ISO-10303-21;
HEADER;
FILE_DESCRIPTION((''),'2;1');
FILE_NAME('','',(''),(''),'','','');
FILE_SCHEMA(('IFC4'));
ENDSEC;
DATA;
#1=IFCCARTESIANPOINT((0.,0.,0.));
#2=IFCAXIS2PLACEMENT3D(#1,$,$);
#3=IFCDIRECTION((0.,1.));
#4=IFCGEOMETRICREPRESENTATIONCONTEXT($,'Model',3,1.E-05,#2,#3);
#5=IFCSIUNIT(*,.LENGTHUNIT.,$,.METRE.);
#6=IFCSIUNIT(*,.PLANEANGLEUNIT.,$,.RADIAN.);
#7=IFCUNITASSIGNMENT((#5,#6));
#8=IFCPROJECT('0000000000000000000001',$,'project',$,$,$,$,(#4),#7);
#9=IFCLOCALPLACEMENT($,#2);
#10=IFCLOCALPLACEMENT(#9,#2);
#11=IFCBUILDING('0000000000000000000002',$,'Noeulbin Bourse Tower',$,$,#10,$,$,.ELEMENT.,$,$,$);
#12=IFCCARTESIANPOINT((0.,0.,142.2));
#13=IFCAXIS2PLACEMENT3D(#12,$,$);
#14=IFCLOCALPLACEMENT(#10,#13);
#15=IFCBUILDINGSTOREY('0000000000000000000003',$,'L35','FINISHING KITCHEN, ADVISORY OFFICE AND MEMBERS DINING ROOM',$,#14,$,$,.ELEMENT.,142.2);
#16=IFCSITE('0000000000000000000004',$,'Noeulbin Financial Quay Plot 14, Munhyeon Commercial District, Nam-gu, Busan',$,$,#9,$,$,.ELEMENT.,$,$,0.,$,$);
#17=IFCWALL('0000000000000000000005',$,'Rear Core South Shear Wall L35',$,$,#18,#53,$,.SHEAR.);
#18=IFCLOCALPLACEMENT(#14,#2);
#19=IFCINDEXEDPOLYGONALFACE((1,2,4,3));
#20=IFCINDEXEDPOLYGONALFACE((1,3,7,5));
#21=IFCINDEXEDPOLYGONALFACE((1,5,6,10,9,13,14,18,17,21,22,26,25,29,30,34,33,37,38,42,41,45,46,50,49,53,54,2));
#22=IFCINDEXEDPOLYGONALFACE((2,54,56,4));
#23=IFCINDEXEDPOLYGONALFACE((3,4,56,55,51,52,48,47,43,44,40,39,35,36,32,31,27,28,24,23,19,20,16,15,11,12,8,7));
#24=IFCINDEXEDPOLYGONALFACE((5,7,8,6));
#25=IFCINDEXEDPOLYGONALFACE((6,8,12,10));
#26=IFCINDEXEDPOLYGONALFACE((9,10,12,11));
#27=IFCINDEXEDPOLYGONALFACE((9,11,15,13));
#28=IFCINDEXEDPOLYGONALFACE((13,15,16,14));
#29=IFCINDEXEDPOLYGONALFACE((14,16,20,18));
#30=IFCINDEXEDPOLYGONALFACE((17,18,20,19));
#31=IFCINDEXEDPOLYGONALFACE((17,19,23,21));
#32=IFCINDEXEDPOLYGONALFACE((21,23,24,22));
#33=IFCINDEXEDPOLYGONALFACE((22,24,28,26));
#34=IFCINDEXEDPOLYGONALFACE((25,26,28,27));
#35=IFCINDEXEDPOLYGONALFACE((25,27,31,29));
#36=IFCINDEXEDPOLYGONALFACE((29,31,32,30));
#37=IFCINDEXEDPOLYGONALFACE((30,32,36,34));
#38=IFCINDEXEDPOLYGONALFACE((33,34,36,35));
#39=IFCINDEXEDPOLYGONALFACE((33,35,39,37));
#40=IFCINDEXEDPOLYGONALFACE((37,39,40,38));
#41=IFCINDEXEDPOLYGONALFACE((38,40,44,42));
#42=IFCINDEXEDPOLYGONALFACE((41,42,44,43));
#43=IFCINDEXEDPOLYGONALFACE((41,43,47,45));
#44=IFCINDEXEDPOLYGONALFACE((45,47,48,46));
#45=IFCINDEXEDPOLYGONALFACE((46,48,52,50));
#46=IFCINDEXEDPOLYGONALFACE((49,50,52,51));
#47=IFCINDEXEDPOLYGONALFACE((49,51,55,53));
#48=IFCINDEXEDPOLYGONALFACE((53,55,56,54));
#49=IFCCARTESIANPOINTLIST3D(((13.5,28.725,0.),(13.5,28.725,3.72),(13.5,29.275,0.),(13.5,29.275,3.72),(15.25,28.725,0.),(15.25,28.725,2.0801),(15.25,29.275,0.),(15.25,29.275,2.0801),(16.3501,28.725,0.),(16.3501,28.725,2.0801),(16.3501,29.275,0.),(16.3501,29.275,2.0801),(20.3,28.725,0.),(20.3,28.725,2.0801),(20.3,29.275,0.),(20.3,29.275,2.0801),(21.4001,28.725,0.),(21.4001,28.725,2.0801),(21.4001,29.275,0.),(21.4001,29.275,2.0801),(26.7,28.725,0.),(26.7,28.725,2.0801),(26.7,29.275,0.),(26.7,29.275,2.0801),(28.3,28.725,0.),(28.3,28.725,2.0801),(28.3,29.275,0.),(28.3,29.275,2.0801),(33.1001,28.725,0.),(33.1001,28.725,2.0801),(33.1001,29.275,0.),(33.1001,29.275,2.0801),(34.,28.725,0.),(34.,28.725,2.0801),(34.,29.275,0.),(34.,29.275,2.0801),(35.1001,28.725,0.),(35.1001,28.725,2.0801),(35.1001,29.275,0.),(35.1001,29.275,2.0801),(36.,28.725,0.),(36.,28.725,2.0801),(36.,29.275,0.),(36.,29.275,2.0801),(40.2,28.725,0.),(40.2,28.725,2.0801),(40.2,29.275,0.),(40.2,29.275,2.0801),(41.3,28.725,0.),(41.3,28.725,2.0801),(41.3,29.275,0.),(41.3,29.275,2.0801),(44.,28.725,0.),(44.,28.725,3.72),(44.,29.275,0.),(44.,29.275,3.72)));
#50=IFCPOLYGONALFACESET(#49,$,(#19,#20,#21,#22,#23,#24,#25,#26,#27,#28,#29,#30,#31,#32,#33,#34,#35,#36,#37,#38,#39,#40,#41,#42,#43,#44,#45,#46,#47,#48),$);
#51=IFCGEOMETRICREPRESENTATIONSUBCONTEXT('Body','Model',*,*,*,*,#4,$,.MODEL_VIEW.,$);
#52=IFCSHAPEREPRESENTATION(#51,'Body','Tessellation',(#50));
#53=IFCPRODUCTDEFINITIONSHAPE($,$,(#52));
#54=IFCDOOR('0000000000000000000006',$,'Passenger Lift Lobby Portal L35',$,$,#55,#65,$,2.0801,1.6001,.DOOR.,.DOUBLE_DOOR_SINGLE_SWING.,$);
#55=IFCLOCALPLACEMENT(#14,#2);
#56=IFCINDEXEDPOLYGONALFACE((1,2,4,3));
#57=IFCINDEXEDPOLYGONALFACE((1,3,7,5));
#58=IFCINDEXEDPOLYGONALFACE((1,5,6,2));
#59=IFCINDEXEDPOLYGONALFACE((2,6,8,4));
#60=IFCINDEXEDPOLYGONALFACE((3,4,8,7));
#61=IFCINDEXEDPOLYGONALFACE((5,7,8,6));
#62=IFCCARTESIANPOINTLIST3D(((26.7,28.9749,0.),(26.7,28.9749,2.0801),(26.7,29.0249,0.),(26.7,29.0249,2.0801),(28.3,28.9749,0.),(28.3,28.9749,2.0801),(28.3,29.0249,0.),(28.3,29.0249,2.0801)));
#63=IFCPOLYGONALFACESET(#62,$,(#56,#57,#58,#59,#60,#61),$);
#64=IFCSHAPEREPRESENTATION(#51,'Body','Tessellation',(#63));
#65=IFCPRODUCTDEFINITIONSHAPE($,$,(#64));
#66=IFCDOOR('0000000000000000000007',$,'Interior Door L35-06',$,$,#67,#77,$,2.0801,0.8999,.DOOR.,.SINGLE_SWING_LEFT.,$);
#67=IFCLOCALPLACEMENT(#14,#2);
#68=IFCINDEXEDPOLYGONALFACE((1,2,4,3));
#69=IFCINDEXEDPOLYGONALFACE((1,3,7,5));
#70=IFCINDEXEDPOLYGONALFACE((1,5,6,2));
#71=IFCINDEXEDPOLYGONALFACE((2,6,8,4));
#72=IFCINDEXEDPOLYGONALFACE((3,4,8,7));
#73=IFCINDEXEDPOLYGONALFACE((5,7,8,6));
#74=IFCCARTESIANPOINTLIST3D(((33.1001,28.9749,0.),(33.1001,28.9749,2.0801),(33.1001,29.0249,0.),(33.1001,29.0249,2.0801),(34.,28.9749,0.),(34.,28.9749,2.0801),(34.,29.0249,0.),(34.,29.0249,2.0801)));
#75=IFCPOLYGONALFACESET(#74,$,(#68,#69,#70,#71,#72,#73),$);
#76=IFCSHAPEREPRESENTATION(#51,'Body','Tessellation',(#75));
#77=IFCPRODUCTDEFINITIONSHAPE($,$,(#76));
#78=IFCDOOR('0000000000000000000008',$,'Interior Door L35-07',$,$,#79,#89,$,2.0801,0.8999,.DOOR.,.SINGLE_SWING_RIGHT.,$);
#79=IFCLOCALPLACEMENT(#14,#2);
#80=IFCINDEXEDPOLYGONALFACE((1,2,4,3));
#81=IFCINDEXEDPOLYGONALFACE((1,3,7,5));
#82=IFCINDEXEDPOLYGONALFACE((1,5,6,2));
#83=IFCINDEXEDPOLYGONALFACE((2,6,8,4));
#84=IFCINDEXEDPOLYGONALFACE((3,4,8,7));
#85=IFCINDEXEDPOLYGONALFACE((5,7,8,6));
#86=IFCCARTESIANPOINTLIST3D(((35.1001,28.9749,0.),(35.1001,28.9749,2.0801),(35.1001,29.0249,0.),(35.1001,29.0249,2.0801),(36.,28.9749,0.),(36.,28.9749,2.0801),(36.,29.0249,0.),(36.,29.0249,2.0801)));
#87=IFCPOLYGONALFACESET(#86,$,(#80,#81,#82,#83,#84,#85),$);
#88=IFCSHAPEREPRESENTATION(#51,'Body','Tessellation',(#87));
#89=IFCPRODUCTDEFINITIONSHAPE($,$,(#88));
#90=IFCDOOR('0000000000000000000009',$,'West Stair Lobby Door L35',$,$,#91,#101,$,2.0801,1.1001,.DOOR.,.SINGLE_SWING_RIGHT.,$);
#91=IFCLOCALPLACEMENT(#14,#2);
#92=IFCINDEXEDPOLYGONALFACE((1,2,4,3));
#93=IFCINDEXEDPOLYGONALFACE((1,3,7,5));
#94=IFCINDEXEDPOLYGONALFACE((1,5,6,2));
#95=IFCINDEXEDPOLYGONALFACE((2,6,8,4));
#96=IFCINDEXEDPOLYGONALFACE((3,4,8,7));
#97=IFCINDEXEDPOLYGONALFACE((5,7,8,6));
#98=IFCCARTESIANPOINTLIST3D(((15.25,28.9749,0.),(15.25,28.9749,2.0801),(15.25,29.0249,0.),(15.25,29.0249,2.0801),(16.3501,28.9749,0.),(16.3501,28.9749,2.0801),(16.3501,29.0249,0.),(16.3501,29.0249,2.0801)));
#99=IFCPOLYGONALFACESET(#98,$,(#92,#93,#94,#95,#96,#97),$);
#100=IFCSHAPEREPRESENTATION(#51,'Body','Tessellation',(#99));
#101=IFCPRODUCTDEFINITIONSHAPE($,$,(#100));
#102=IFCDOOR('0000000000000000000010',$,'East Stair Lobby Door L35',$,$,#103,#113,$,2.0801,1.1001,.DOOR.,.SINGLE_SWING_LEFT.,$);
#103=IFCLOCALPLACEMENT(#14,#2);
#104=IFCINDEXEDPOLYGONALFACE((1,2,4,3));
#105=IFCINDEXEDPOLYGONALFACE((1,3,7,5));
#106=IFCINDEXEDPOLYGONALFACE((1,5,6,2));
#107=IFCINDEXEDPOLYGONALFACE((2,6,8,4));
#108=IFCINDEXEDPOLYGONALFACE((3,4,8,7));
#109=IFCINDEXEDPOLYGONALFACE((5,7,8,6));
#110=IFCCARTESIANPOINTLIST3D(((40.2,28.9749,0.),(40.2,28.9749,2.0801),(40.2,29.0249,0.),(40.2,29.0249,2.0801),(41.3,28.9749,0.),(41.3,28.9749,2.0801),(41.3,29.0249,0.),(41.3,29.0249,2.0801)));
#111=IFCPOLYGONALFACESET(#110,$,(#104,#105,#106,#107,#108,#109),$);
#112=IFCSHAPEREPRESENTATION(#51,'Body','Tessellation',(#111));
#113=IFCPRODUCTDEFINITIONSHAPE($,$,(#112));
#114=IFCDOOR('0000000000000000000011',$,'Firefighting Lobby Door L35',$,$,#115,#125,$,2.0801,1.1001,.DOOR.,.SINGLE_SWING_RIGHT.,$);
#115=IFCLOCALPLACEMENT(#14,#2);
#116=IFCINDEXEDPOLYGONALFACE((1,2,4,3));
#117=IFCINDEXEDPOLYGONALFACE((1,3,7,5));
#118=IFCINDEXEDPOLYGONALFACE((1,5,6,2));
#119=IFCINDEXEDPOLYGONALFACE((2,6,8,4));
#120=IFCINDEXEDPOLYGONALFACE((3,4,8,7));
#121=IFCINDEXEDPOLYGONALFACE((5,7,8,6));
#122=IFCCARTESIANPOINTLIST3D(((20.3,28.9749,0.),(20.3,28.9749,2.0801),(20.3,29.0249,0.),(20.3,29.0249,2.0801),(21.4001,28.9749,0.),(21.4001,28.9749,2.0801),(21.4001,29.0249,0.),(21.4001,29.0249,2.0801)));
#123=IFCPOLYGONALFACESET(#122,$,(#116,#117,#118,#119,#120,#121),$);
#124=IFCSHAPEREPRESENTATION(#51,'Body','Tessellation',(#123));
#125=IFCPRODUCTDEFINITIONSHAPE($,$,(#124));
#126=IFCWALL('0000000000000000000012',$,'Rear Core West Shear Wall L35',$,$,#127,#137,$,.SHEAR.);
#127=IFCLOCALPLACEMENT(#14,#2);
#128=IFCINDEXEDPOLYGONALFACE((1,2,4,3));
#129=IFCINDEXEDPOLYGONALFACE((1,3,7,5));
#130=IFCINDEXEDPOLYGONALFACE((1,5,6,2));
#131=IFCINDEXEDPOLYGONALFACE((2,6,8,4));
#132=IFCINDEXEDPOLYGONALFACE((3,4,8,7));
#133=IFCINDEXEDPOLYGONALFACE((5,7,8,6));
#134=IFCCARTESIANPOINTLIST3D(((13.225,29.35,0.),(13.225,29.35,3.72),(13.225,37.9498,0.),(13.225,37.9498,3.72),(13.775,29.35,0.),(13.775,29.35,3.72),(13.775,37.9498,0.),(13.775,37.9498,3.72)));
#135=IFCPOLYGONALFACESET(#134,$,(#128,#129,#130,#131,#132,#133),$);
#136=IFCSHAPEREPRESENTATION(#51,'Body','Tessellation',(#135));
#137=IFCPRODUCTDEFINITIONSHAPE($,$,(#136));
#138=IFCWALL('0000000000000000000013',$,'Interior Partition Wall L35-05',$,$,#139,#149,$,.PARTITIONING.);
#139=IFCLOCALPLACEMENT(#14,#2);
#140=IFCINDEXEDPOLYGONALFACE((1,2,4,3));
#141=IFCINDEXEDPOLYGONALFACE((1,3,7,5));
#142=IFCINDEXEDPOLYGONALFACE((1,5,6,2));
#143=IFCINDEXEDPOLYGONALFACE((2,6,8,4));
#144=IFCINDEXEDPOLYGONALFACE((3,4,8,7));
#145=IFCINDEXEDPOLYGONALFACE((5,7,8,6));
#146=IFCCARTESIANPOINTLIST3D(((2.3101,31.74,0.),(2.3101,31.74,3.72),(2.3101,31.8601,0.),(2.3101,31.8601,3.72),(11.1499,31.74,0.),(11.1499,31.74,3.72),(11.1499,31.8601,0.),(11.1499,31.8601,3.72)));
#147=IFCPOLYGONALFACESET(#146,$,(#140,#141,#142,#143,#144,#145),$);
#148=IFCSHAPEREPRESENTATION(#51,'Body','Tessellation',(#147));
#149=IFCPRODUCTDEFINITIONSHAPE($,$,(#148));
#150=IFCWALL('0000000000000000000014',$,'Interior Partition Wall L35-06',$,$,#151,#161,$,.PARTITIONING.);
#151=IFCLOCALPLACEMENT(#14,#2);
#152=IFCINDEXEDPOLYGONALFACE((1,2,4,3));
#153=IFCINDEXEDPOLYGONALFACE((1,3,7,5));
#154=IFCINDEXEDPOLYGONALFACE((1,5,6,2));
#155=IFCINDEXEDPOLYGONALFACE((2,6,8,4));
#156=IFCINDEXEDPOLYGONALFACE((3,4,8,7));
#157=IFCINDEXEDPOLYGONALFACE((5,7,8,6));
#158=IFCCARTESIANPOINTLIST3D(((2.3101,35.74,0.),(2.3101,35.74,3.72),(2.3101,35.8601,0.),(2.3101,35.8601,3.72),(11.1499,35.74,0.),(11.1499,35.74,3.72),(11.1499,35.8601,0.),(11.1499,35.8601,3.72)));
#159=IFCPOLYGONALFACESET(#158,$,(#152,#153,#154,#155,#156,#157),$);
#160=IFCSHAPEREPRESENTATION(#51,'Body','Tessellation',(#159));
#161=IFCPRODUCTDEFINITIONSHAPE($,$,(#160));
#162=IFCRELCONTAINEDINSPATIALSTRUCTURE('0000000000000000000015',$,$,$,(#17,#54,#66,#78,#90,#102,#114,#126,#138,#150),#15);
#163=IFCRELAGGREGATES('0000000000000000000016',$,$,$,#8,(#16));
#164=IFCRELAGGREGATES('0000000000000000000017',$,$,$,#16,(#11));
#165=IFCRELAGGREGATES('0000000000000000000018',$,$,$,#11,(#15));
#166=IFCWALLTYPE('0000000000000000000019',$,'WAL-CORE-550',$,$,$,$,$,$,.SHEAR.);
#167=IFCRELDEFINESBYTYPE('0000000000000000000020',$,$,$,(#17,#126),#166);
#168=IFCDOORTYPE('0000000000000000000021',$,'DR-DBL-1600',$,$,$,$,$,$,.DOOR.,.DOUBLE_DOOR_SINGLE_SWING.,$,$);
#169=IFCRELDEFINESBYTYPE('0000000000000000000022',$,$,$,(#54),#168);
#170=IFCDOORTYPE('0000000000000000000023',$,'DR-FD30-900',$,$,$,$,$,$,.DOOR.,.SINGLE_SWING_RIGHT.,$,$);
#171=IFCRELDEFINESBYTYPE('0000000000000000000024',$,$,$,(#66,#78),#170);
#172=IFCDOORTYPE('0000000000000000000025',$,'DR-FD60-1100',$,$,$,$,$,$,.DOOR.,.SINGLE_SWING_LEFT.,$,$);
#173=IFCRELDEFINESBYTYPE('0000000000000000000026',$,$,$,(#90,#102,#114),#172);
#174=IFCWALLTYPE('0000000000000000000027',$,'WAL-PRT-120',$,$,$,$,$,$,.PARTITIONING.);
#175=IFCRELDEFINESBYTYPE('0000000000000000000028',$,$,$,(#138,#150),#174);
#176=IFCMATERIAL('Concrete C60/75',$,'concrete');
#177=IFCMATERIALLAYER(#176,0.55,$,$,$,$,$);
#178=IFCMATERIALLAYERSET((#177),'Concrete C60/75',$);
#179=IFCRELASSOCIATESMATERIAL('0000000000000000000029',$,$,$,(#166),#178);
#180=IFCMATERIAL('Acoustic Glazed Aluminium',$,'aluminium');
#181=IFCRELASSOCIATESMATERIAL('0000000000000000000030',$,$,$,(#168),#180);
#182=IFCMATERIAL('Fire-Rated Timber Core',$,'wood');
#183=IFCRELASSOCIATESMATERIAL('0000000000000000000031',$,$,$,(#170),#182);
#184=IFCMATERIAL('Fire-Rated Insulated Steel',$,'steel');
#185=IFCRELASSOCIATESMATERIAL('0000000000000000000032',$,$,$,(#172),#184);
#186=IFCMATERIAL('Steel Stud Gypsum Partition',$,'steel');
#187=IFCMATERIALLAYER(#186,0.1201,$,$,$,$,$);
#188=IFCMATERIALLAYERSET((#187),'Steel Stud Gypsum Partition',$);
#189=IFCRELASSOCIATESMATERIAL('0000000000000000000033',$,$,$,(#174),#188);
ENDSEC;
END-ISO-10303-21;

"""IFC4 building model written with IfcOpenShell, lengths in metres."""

from ifc_helpers import new_model, si_unit, direction, frame, frame_2d, origin, place, context, subcontext, project, spatial, rectangle, extrude, material, layer, layer_set, type_object, element, fill, save


model = new_model("IFC4")

# Units and contexts
model_context = context("Model", 3, precision=1e-05, world=origin(), true_north=direction((0.0, 1.0)))
body_context = subcontext(model_context, "Body", "Model", "MODEL_VIEW")
ifc_project = project(units=[si_unit("LENGTHUNIT", "METRE"), si_unit("PLANEANGLEUNIT", "RADIAN")], contexts=[model_context])

# Site, building, storey
site_placement = place(None, origin())
site = spatial("IfcSite", under=ifc_project, at=site_placement, Name="Noeulbin Financial Quay Plot 14, Munhyeon Commercial District, Nam-gu, Busan", CompositionType="ELEMENT", RefElevation=0.0)
building_placement = place(site_placement, origin())
building = spatial("IfcBuilding", under=site, at=building_placement, Name="Noeulbin Bourse Tower", CompositionType="ELEMENT")
storey_placement = place(building_placement, frame((0.0, 0.0, 142.2)))
storey = spatial("IfcBuildingStorey", under=building, at=storey_placement, Name="L35", Description="FINISHING KITCHEN, ADVISORY OFFICE AND MEMBERS DINING ROOM", CompositionType="ELEMENT", Elevation=142.2)

# Wall, openings, doors
ifc_material_1 = material(Name="Concrete C60/75", Category="concrete")
ifc_layer_1 = layer(ifc_material_1, 0.55)
ifc_layer_set_1 = layer_set([ifc_layer_1], Name="Concrete C60/75")
wall_type_1 = type_object("IfcWallType", Name="WAL-CORE-550", PredefinedType="SHEAR", material=ifc_layer_set_1)
wall_1_placement = place(storey_placement, frame((13.5, 29.0, 0.0), z_axis=(0.0, 0.0, 1.0), x_axis=(1.0, 0.0, 0.0)))
wall_1 = element("IfcWall", 1, at=wall_1_placement, inside=storey, type_object=wall_type_1, Name="Rear Core South Shear Wall L35", PredefinedType="SHEAR", context=body_context, shape_type="SweptSolid", body=[
    extrude(rectangle(XDim=30.5, YDim=0.55, at=frame_2d((15.25, 0.0))), origin(), (0.0, 0.0, 1.0), 3.72),
])
opening_1_placement = place(wall_1_placement, frame((1.75, 0.0, 0.0)))
opening_1 = element("IfcOpeningElement", 2, at=opening_1_placement, cuts=wall_1, PredefinedType="OPENING", context=body_context, shape_type="SweptSolid", body=[
    extrude(rectangle(XDim=1.1001, YDim=2.0801, at=frame_2d((0.55, 1.04))), frame((0.0, 0.2849, 0.0), z_axis=(0.0, -1.0, 0.0), x_axis=(1.0, 0.0, 0.0)), (0.0, 0.0, 1.0), 0.5701),
])
opening_2_placement = place(wall_1_placement, frame((26.7, 0.0, 0.0)))
opening_2 = element("IfcOpeningElement", 3, at=opening_2_placement, cuts=wall_1, PredefinedType="OPENING", context=body_context, shape_type="SweptSolid", body=[
    extrude(rectangle(XDim=1.1001, YDim=2.0801, at=frame_2d((0.55, 1.04))), frame((0.0, 0.2849, 0.0), z_axis=(0.0, -1.0, 0.0), x_axis=(1.0, 0.0, 0.0)), (0.0, 0.0, 1.0), 0.5701),
])
opening_3_placement = place(wall_1_placement, frame((6.8, 0.0, 0.0)))
opening_3 = element("IfcOpeningElement", 4, at=opening_3_placement, cuts=wall_1, PredefinedType="OPENING", context=body_context, shape_type="SweptSolid", body=[
    extrude(rectangle(XDim=1.1001, YDim=2.0801, at=frame_2d((0.55, 1.04))), frame((0.0, 0.2849, 0.0), z_axis=(0.0, -1.0, 0.0), x_axis=(1.0, 0.0, 0.0)), (0.0, 0.0, 1.0), 0.5701),
])
opening_4_placement = place(wall_1_placement, frame((13.2, 0.0, 0.0)))
opening_4 = element("IfcOpeningElement", 5, at=opening_4_placement, cuts=wall_1, PredefinedType="OPENING", context=body_context, shape_type="SweptSolid", body=[
    extrude(rectangle(XDim=1.6001, YDim=2.0801, at=frame_2d((0.8, 1.04))), frame((0.0, 0.2849, 0.0), z_axis=(0.0, -1.0, 0.0), x_axis=(1.0, 0.0, 0.0)), (0.0, 0.0, 1.0), 0.5701),
])
opening_5_placement = place(wall_1_placement, frame((19.6001, 0.0, 0.0)))
opening_5 = element("IfcOpeningElement", 6, at=opening_5_placement, cuts=wall_1, PredefinedType="OPENING", context=body_context, shape_type="SweptSolid", body=[
    extrude(rectangle(XDim=0.8999, YDim=2.0801, at=frame_2d((0.45, 1.04))), frame((0.0, 0.2849, 0.0), z_axis=(0.0, -1.0, 0.0), x_axis=(1.0, 0.0, 0.0)), (0.0, 0.0, 1.0), 0.5701),
])
opening_6_placement = place(wall_1_placement, frame((21.6001, 0.0, 0.0)))
opening_6 = element("IfcOpeningElement", 7, at=opening_6_placement, cuts=wall_1, PredefinedType="OPENING", context=body_context, shape_type="SweptSolid", body=[
    extrude(rectangle(XDim=0.8999, YDim=2.0801, at=frame_2d((0.45, 1.04))), frame((0.0, 0.2849, 0.0), z_axis=(0.0, -1.0, 0.0), x_axis=(1.0, 0.0, 0.0)), (0.0, 0.0, 1.0), 0.5701),
])
ifc_material_2 = material(Name="Acoustic Glazed Aluminium", Category="aluminium")
door_type_1 = type_object("IfcDoorType", Name="DR-DBL-1600", OperationType="DOUBLE_DOOR_SINGLE_SWING", PredefinedType="DOOR", material=ifc_material_2)
door_1_placement = place(opening_4_placement, origin())
door_1 = element("IfcDoor", 8, at=door_1_placement, inside=storey, type_object=door_type_1, Name="Passenger Lift Lobby Portal L35", OperationType="DOUBLE_DOOR_SINGLE_SWING", OverallHeight=2.0801, OverallWidth=1.6001, PredefinedType="DOOR", context=body_context, shape_type="SweptSolid", body=[
    extrude(rectangle(XDim=1.6001, YDim=2.0801, at=frame_2d((0.8, 1.04))), frame((0.0, 0.0249, 0.0), z_axis=(0.0, -1.0, 0.0), x_axis=(1.0, 0.0, 0.0)), (0.0, 0.0, 1.0), 0.05),
])
fill(opening_4, door_1)
ifc_material_3 = material(Name="Fire-Rated Timber Core", Category="wood")
door_type_2 = type_object("IfcDoorType", Name="DR-FD30-900", OperationType="SINGLE_SWING_RIGHT", PredefinedType="DOOR", material=ifc_material_3)
door_2_placement = place(opening_5_placement, origin())
door_2 = element("IfcDoor", 9, at=door_2_placement, inside=storey, type_object=door_type_2, Name="Interior Door L35-06", OperationType="SINGLE_SWING_LEFT", OverallHeight=2.0801, OverallWidth=0.8999, PredefinedType="DOOR", context=body_context, shape_type="SweptSolid", body=[
    extrude(rectangle(XDim=0.8999, YDim=2.0801, at=frame_2d((0.45, 1.04))), frame((0.0, 0.0249, 0.0), z_axis=(0.0, -1.0, 0.0), x_axis=(1.0, 0.0, 0.0)), (0.0, 0.0, 1.0), 0.05),
])
fill(opening_5, door_2)
door_3_placement = place(opening_6_placement, origin())
door_3 = element("IfcDoor", 10, at=door_3_placement, inside=storey, type_object=door_type_2, Name="Interior Door L35-07", OperationType="SINGLE_SWING_RIGHT", OverallHeight=2.0801, OverallWidth=0.8999, PredefinedType="DOOR", context=body_context, shape_type="SweptSolid", body=[
    extrude(rectangle(XDim=0.8999, YDim=2.0801, at=frame_2d((0.45, 1.04))), frame((0.0, 0.0249, 0.0), z_axis=(0.0, -1.0, 0.0), x_axis=(1.0, 0.0, 0.0)), (0.0, 0.0, 1.0), 0.05),
])
fill(opening_6, door_3)
ifc_material_4 = material(Name="Fire-Rated Insulated Steel", Category="steel")
door_type_3 = type_object("IfcDoorType", Name="DR-FD60-1100", OperationType="SINGLE_SWING_LEFT", PredefinedType="DOOR", material=ifc_material_4)
door_4_placement = place(opening_1_placement, origin())
door_4 = element("IfcDoor", 11, at=door_4_placement, inside=storey, type_object=door_type_3, Name="West Stair Lobby Door L35", OperationType="SINGLE_SWING_RIGHT", OverallHeight=2.0801, OverallWidth=1.1001, PredefinedType="DOOR", context=body_context, shape_type="SweptSolid", body=[
    extrude(rectangle(XDim=1.1001, YDim=2.0801, at=frame_2d((0.55, 1.04))), frame((0.0, 0.0249, 0.0), z_axis=(0.0, -1.0, 0.0), x_axis=(1.0, 0.0, 0.0)), (0.0, 0.0, 1.0), 0.05),
])
fill(opening_1, door_4)
door_5_placement = place(opening_2_placement, origin())
door_5 = element("IfcDoor", 12, at=door_5_placement, inside=storey, type_object=door_type_3, Name="East Stair Lobby Door L35", OperationType="SINGLE_SWING_LEFT", OverallHeight=2.0801, OverallWidth=1.1001, PredefinedType="DOOR", context=body_context, shape_type="SweptSolid", body=[
    extrude(rectangle(XDim=1.1001, YDim=2.0801, at=frame_2d((0.55, 1.04))), frame((0.0, 0.0249, 0.0), z_axis=(0.0, -1.0, 0.0), x_axis=(1.0, 0.0, 0.0)), (0.0, 0.0, 1.0), 0.05),
])
fill(opening_2, door_5)
door_6_placement = place(opening_3_placement, origin())
door_6 = element("IfcDoor", 13, at=door_6_placement, inside=storey, type_object=door_type_3, Name="Firefighting Lobby Door L35", OperationType="SINGLE_SWING_RIGHT", OverallHeight=2.0801, OverallWidth=1.1001, PredefinedType="DOOR", context=body_context, shape_type="SweptSolid", body=[
    extrude(rectangle(XDim=1.1001, YDim=2.0801, at=frame_2d((0.55, 1.04))), frame((0.0, 0.0249, 0.0), z_axis=(0.0, -1.0, 0.0), x_axis=(1.0, 0.0, 0.0)), (0.0, 0.0, 1.0), 0.05),
])
fill(opening_3, door_6)

# Walls
wall_2_placement = place(storey_placement, frame((13.5, 29.3501, 0.0), z_axis=(0.0, 0.0, 1.0), x_axis=(0.0, 1.0, 0.0)))
element("IfcWall", 14, at=wall_2_placement, inside=storey, type_object=wall_type_1, Name="Rear Core West Shear Wall L35", PredefinedType="SHEAR", context=body_context, shape_type="SweptSolid", body=[
    extrude(rectangle(XDim=8.5999, YDim=0.55, at=frame_2d((4.2998, 0.0))), origin(), (0.0, 0.0, 1.0), 3.72),
])
ifc_material_5 = material(Name="Steel Stud Gypsum Partition", Category="steel")
ifc_layer_2 = layer(ifc_material_5, 0.1201)
ifc_layer_set_2 = layer_set([ifc_layer_2], Name="Steel Stud Gypsum Partition")
wall_type_2 = type_object("IfcWallType", Name="WAL-PRT-120", PredefinedType="PARTITIONING", material=ifc_layer_set_2)
for number, where, z_axis, x_axis, name in (
    (15, (2.3101, 31.8, 0.0), (0.0, 0.0, 1.0), (1.0, 0.0, 0.0), "Interior Partition Wall L35-05"),
    (16, (2.3101, 35.8, 0.0), (0.0, 0.0, 1.0), (1.0, 0.0, 0.0), "Interior Partition Wall L35-06"),
):
    element("IfcWall", number, at=place(storey_placement, frame(where, z_axis=z_axis, x_axis=x_axis)), inside=storey, type_object=wall_type_2, Name=name, PredefinedType="PARTITIONING", context=body_context, shape_type="SweptSolid", body=[
        extrude(rectangle(XDim=8.8398, YDim=0.1201, at=frame_2d((4.4199, 0.0))), origin(), (0.0, 0.0, 1.0), 3.72),
    ])

save(model, "model.ifc")
